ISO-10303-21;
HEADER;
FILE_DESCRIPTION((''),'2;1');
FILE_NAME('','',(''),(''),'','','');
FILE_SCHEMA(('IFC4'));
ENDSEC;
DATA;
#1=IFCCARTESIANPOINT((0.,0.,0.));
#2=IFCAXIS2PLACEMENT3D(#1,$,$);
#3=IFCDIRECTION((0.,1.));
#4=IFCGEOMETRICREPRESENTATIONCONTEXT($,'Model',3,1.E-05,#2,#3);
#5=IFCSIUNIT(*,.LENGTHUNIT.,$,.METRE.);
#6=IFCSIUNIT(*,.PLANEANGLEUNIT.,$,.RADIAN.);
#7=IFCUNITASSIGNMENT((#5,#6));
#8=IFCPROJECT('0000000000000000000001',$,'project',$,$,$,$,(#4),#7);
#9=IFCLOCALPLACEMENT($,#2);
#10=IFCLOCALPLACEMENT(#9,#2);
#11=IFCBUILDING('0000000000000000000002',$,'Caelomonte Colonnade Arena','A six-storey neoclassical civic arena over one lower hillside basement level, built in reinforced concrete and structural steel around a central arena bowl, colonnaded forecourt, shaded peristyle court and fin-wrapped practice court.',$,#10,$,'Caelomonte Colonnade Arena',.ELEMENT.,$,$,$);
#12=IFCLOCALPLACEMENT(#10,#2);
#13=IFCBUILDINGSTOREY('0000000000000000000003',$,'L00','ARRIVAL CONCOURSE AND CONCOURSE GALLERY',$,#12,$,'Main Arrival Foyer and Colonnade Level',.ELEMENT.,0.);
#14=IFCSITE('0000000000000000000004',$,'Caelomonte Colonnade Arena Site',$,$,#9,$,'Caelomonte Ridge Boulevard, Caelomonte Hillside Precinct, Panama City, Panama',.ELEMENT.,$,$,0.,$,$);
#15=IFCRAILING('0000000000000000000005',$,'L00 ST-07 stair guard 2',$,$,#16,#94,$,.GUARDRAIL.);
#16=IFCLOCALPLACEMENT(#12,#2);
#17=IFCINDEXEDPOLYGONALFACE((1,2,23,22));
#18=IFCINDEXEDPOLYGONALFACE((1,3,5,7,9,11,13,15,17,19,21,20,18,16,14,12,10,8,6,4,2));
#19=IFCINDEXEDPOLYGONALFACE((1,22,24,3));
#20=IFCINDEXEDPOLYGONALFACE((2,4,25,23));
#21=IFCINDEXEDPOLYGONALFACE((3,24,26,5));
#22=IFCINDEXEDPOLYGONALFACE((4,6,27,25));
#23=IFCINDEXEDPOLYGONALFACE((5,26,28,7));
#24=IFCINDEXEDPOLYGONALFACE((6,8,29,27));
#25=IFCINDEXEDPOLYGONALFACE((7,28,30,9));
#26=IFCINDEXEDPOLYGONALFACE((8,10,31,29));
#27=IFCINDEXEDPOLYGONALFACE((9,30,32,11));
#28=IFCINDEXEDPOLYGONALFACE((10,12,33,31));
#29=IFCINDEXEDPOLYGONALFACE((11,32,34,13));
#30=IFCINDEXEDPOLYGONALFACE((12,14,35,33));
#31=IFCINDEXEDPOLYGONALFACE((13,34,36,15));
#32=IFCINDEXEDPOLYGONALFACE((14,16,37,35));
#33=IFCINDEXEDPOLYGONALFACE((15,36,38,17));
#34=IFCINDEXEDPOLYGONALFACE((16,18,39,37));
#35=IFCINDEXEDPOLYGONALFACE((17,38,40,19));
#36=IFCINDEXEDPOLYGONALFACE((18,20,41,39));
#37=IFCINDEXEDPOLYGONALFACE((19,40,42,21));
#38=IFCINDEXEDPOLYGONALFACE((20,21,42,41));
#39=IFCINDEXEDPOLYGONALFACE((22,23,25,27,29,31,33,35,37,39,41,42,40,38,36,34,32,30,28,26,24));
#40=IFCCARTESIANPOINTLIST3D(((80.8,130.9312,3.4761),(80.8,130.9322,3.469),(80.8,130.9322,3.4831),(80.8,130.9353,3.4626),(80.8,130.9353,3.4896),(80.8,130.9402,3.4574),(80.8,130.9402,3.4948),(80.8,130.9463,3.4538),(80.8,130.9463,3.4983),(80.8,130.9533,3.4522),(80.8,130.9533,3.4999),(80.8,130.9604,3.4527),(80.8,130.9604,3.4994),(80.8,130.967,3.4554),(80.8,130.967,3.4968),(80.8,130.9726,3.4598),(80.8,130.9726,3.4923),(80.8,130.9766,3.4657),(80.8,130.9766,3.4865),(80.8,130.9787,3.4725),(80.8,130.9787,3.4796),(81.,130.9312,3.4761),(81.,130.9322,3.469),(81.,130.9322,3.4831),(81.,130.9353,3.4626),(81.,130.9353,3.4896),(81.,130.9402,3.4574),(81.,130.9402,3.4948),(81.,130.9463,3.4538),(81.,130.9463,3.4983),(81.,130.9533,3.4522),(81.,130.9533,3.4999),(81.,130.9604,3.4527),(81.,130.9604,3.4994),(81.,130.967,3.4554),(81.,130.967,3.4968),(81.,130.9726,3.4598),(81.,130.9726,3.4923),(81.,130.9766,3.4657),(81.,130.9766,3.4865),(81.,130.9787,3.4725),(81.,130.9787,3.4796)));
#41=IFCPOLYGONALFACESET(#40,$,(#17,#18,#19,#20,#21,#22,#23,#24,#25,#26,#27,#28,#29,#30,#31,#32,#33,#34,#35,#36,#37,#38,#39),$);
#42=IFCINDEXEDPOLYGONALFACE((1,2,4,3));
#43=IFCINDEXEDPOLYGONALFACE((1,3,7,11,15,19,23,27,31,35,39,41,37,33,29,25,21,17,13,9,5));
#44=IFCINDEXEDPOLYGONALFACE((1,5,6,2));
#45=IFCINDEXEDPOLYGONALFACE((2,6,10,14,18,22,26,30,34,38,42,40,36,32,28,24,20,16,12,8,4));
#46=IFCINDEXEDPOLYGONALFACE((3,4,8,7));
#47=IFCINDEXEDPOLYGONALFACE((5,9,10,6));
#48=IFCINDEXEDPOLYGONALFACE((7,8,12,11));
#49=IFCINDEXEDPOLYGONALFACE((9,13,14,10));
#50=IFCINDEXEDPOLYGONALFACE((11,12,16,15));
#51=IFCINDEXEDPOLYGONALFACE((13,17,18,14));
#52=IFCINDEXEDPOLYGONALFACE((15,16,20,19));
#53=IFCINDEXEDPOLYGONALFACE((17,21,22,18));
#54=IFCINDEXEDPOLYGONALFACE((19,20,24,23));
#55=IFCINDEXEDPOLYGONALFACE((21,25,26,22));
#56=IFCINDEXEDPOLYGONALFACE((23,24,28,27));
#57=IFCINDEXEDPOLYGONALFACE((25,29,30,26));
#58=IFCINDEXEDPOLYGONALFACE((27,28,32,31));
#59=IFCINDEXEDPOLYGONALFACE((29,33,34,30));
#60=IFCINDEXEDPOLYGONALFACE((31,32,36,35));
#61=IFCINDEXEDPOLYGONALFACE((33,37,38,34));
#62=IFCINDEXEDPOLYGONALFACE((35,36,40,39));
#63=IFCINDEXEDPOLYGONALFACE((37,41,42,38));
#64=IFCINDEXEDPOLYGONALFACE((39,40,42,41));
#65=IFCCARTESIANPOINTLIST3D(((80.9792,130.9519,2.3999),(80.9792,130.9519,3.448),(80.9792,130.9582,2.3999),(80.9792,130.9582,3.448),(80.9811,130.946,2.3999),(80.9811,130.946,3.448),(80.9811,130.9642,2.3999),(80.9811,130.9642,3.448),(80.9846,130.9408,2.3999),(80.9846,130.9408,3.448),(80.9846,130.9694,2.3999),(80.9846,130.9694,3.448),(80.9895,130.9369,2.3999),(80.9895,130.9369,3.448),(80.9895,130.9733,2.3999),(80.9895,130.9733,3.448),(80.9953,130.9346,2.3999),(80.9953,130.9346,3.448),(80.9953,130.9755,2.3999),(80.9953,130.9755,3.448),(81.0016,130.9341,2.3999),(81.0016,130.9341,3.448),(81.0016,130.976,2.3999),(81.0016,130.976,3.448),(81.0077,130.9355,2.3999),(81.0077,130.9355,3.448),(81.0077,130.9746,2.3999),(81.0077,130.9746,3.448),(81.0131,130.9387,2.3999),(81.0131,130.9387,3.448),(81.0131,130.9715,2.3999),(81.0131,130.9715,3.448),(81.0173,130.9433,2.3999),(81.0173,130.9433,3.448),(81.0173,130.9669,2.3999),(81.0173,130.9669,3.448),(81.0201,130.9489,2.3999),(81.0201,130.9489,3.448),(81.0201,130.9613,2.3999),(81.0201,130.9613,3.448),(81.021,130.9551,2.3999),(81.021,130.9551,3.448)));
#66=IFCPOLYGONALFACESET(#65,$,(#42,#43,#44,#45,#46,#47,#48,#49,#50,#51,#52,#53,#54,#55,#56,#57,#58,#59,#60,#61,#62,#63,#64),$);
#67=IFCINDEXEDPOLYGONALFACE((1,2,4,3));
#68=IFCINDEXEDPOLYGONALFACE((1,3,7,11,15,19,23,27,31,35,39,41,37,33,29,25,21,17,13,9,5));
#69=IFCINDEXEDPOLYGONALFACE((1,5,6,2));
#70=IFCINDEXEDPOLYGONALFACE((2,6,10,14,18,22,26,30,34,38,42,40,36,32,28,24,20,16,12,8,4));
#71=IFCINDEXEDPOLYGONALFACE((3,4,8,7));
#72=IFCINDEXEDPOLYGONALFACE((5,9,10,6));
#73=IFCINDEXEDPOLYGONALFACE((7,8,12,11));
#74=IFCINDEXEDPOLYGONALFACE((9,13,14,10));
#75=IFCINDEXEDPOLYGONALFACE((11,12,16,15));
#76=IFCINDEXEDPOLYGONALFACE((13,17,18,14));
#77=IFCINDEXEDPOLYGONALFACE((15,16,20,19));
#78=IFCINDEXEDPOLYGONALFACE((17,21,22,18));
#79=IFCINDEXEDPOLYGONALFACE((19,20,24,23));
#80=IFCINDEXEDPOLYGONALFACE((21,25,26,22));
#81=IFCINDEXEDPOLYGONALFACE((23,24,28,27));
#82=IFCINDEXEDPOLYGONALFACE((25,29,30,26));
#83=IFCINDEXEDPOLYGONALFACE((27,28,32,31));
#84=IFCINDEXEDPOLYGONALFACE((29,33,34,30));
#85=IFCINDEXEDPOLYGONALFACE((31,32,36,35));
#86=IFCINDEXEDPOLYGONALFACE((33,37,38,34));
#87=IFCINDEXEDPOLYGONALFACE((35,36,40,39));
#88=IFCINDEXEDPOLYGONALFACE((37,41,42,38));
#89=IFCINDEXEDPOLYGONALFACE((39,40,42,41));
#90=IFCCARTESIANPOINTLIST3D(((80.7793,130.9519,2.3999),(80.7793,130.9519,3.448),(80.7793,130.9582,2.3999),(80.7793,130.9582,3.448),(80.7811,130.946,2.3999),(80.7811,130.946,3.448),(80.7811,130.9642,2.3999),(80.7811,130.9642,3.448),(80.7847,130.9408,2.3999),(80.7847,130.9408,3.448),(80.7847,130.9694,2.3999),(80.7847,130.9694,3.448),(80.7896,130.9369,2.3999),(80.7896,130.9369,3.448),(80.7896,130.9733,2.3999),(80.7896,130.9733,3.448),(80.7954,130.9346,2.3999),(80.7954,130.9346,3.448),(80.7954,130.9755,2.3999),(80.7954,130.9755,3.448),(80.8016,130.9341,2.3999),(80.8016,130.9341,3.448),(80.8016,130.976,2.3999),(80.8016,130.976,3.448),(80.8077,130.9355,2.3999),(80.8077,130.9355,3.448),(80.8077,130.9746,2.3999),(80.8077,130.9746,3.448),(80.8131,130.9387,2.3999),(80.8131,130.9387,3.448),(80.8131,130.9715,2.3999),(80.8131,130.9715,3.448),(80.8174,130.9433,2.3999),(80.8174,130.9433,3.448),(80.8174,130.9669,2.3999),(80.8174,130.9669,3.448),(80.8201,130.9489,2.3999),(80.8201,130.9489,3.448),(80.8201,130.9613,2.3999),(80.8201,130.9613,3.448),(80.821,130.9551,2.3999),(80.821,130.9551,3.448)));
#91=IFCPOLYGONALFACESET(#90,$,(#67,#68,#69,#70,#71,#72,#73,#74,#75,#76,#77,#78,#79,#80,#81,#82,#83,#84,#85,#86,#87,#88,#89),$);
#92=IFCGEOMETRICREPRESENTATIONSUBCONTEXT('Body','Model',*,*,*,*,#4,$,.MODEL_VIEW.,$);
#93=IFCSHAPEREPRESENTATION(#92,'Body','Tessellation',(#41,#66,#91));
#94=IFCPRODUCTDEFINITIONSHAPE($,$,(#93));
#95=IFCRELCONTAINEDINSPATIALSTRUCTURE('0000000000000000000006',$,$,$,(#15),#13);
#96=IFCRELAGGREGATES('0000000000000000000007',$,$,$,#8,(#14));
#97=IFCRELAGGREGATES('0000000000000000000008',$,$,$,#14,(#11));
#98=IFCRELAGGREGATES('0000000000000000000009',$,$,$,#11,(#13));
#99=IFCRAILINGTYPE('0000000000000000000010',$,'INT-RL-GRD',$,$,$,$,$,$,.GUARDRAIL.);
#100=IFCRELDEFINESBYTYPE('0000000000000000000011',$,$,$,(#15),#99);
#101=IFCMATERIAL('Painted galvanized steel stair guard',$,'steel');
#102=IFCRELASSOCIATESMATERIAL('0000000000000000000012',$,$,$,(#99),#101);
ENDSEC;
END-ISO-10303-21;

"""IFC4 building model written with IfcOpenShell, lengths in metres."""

from ifc_helpers import new_model, si_unit, direction, frame, origin, origin_2d, place, context, subcontext, project, spatial, circle, extrude, material, type_object, element, save


model = new_model("IFC4")

# Units and contexts
model_context = context("Model", 3, precision=1e-05, world=origin(), true_north=direction((0.0, 1.0)))
body_context = subcontext(model_context, "Body", "Model", "MODEL_VIEW")
ifc_project = project(units=[si_unit("LENGTHUNIT", "METRE"), si_unit("PLANEANGLEUNIT", "RADIAN")], contexts=[model_context])

# Site, building, storey
site_placement = place(None, origin())
site = spatial("IfcSite", under=ifc_project, at=site_placement, Name="Caelomonte Colonnade Arena Site", LongName="Caelomonte Ridge Boulevard, Caelomonte Hillside Precinct, Panama City, Panama", CompositionType="ELEMENT", RefElevation=0.0)
building_placement = place(site_placement, origin())
building = spatial("IfcBuilding", under=site, at=building_placement, Name="Caelomonte Colonnade Arena", Description="A six-storey neoclassical civic arena over one lower hillside basement level, built in reinforced concrete and structural steel around a central arena bowl, colonnaded forecourt, shaded peristyle court and fin-wrapped practice court.", LongName="Caelomonte Colonnade Arena", CompositionType="ELEMENT")
storey_placement = place(building_placement, origin())
storey = spatial("IfcBuildingStorey", under=building, at=storey_placement, Name="L00", Description="ARRIVAL CONCOURSE AND CONCOURSE GALLERY", LongName="Main Arrival Foyer and Colonnade Level", CompositionType="ELEMENT", Elevation=0.0)

# Railing
ifc_material_1 = material(Name="Painted galvanized steel stair guard", Category="steel")
railing_type_1 = type_object("IfcRailingType", Name="INT-RL-GRD", PredefinedType="GUARDRAIL", material=ifc_material_1)
railing_1_placement = place(storey_placement, frame((81.0, 130.9551, 2.3999)))
element("IfcRailing", 1, at=railing_1_placement, inside=storey, type_object=railing_type_1, Name="L00 ST-07 stair guard 2", PredefinedType="GUARDRAIL", context=body_context, shape_type="SweptSolid", body=[
    extrude(circle(Radius=0.0239, at=origin_2d()), frame((0.0, 0.0, 1.0762), z_axis=(-1.0, 0.0, 0.0), x_axis=(0.0, -1.0, 0.0)), (0.0, 0.0, 1.0), 0.2),
    extrude(circle(Radius=0.021, at=origin_2d()), origin(), (0.0, 0.0, 1.0), 1.0481),
    extrude(circle(Radius=0.021, at=origin_2d()), frame((-0.2, 0.0, 0.0)), (0.0, 0.0, 1.0), 1.0481),
])

save(model, "model.ifc")
